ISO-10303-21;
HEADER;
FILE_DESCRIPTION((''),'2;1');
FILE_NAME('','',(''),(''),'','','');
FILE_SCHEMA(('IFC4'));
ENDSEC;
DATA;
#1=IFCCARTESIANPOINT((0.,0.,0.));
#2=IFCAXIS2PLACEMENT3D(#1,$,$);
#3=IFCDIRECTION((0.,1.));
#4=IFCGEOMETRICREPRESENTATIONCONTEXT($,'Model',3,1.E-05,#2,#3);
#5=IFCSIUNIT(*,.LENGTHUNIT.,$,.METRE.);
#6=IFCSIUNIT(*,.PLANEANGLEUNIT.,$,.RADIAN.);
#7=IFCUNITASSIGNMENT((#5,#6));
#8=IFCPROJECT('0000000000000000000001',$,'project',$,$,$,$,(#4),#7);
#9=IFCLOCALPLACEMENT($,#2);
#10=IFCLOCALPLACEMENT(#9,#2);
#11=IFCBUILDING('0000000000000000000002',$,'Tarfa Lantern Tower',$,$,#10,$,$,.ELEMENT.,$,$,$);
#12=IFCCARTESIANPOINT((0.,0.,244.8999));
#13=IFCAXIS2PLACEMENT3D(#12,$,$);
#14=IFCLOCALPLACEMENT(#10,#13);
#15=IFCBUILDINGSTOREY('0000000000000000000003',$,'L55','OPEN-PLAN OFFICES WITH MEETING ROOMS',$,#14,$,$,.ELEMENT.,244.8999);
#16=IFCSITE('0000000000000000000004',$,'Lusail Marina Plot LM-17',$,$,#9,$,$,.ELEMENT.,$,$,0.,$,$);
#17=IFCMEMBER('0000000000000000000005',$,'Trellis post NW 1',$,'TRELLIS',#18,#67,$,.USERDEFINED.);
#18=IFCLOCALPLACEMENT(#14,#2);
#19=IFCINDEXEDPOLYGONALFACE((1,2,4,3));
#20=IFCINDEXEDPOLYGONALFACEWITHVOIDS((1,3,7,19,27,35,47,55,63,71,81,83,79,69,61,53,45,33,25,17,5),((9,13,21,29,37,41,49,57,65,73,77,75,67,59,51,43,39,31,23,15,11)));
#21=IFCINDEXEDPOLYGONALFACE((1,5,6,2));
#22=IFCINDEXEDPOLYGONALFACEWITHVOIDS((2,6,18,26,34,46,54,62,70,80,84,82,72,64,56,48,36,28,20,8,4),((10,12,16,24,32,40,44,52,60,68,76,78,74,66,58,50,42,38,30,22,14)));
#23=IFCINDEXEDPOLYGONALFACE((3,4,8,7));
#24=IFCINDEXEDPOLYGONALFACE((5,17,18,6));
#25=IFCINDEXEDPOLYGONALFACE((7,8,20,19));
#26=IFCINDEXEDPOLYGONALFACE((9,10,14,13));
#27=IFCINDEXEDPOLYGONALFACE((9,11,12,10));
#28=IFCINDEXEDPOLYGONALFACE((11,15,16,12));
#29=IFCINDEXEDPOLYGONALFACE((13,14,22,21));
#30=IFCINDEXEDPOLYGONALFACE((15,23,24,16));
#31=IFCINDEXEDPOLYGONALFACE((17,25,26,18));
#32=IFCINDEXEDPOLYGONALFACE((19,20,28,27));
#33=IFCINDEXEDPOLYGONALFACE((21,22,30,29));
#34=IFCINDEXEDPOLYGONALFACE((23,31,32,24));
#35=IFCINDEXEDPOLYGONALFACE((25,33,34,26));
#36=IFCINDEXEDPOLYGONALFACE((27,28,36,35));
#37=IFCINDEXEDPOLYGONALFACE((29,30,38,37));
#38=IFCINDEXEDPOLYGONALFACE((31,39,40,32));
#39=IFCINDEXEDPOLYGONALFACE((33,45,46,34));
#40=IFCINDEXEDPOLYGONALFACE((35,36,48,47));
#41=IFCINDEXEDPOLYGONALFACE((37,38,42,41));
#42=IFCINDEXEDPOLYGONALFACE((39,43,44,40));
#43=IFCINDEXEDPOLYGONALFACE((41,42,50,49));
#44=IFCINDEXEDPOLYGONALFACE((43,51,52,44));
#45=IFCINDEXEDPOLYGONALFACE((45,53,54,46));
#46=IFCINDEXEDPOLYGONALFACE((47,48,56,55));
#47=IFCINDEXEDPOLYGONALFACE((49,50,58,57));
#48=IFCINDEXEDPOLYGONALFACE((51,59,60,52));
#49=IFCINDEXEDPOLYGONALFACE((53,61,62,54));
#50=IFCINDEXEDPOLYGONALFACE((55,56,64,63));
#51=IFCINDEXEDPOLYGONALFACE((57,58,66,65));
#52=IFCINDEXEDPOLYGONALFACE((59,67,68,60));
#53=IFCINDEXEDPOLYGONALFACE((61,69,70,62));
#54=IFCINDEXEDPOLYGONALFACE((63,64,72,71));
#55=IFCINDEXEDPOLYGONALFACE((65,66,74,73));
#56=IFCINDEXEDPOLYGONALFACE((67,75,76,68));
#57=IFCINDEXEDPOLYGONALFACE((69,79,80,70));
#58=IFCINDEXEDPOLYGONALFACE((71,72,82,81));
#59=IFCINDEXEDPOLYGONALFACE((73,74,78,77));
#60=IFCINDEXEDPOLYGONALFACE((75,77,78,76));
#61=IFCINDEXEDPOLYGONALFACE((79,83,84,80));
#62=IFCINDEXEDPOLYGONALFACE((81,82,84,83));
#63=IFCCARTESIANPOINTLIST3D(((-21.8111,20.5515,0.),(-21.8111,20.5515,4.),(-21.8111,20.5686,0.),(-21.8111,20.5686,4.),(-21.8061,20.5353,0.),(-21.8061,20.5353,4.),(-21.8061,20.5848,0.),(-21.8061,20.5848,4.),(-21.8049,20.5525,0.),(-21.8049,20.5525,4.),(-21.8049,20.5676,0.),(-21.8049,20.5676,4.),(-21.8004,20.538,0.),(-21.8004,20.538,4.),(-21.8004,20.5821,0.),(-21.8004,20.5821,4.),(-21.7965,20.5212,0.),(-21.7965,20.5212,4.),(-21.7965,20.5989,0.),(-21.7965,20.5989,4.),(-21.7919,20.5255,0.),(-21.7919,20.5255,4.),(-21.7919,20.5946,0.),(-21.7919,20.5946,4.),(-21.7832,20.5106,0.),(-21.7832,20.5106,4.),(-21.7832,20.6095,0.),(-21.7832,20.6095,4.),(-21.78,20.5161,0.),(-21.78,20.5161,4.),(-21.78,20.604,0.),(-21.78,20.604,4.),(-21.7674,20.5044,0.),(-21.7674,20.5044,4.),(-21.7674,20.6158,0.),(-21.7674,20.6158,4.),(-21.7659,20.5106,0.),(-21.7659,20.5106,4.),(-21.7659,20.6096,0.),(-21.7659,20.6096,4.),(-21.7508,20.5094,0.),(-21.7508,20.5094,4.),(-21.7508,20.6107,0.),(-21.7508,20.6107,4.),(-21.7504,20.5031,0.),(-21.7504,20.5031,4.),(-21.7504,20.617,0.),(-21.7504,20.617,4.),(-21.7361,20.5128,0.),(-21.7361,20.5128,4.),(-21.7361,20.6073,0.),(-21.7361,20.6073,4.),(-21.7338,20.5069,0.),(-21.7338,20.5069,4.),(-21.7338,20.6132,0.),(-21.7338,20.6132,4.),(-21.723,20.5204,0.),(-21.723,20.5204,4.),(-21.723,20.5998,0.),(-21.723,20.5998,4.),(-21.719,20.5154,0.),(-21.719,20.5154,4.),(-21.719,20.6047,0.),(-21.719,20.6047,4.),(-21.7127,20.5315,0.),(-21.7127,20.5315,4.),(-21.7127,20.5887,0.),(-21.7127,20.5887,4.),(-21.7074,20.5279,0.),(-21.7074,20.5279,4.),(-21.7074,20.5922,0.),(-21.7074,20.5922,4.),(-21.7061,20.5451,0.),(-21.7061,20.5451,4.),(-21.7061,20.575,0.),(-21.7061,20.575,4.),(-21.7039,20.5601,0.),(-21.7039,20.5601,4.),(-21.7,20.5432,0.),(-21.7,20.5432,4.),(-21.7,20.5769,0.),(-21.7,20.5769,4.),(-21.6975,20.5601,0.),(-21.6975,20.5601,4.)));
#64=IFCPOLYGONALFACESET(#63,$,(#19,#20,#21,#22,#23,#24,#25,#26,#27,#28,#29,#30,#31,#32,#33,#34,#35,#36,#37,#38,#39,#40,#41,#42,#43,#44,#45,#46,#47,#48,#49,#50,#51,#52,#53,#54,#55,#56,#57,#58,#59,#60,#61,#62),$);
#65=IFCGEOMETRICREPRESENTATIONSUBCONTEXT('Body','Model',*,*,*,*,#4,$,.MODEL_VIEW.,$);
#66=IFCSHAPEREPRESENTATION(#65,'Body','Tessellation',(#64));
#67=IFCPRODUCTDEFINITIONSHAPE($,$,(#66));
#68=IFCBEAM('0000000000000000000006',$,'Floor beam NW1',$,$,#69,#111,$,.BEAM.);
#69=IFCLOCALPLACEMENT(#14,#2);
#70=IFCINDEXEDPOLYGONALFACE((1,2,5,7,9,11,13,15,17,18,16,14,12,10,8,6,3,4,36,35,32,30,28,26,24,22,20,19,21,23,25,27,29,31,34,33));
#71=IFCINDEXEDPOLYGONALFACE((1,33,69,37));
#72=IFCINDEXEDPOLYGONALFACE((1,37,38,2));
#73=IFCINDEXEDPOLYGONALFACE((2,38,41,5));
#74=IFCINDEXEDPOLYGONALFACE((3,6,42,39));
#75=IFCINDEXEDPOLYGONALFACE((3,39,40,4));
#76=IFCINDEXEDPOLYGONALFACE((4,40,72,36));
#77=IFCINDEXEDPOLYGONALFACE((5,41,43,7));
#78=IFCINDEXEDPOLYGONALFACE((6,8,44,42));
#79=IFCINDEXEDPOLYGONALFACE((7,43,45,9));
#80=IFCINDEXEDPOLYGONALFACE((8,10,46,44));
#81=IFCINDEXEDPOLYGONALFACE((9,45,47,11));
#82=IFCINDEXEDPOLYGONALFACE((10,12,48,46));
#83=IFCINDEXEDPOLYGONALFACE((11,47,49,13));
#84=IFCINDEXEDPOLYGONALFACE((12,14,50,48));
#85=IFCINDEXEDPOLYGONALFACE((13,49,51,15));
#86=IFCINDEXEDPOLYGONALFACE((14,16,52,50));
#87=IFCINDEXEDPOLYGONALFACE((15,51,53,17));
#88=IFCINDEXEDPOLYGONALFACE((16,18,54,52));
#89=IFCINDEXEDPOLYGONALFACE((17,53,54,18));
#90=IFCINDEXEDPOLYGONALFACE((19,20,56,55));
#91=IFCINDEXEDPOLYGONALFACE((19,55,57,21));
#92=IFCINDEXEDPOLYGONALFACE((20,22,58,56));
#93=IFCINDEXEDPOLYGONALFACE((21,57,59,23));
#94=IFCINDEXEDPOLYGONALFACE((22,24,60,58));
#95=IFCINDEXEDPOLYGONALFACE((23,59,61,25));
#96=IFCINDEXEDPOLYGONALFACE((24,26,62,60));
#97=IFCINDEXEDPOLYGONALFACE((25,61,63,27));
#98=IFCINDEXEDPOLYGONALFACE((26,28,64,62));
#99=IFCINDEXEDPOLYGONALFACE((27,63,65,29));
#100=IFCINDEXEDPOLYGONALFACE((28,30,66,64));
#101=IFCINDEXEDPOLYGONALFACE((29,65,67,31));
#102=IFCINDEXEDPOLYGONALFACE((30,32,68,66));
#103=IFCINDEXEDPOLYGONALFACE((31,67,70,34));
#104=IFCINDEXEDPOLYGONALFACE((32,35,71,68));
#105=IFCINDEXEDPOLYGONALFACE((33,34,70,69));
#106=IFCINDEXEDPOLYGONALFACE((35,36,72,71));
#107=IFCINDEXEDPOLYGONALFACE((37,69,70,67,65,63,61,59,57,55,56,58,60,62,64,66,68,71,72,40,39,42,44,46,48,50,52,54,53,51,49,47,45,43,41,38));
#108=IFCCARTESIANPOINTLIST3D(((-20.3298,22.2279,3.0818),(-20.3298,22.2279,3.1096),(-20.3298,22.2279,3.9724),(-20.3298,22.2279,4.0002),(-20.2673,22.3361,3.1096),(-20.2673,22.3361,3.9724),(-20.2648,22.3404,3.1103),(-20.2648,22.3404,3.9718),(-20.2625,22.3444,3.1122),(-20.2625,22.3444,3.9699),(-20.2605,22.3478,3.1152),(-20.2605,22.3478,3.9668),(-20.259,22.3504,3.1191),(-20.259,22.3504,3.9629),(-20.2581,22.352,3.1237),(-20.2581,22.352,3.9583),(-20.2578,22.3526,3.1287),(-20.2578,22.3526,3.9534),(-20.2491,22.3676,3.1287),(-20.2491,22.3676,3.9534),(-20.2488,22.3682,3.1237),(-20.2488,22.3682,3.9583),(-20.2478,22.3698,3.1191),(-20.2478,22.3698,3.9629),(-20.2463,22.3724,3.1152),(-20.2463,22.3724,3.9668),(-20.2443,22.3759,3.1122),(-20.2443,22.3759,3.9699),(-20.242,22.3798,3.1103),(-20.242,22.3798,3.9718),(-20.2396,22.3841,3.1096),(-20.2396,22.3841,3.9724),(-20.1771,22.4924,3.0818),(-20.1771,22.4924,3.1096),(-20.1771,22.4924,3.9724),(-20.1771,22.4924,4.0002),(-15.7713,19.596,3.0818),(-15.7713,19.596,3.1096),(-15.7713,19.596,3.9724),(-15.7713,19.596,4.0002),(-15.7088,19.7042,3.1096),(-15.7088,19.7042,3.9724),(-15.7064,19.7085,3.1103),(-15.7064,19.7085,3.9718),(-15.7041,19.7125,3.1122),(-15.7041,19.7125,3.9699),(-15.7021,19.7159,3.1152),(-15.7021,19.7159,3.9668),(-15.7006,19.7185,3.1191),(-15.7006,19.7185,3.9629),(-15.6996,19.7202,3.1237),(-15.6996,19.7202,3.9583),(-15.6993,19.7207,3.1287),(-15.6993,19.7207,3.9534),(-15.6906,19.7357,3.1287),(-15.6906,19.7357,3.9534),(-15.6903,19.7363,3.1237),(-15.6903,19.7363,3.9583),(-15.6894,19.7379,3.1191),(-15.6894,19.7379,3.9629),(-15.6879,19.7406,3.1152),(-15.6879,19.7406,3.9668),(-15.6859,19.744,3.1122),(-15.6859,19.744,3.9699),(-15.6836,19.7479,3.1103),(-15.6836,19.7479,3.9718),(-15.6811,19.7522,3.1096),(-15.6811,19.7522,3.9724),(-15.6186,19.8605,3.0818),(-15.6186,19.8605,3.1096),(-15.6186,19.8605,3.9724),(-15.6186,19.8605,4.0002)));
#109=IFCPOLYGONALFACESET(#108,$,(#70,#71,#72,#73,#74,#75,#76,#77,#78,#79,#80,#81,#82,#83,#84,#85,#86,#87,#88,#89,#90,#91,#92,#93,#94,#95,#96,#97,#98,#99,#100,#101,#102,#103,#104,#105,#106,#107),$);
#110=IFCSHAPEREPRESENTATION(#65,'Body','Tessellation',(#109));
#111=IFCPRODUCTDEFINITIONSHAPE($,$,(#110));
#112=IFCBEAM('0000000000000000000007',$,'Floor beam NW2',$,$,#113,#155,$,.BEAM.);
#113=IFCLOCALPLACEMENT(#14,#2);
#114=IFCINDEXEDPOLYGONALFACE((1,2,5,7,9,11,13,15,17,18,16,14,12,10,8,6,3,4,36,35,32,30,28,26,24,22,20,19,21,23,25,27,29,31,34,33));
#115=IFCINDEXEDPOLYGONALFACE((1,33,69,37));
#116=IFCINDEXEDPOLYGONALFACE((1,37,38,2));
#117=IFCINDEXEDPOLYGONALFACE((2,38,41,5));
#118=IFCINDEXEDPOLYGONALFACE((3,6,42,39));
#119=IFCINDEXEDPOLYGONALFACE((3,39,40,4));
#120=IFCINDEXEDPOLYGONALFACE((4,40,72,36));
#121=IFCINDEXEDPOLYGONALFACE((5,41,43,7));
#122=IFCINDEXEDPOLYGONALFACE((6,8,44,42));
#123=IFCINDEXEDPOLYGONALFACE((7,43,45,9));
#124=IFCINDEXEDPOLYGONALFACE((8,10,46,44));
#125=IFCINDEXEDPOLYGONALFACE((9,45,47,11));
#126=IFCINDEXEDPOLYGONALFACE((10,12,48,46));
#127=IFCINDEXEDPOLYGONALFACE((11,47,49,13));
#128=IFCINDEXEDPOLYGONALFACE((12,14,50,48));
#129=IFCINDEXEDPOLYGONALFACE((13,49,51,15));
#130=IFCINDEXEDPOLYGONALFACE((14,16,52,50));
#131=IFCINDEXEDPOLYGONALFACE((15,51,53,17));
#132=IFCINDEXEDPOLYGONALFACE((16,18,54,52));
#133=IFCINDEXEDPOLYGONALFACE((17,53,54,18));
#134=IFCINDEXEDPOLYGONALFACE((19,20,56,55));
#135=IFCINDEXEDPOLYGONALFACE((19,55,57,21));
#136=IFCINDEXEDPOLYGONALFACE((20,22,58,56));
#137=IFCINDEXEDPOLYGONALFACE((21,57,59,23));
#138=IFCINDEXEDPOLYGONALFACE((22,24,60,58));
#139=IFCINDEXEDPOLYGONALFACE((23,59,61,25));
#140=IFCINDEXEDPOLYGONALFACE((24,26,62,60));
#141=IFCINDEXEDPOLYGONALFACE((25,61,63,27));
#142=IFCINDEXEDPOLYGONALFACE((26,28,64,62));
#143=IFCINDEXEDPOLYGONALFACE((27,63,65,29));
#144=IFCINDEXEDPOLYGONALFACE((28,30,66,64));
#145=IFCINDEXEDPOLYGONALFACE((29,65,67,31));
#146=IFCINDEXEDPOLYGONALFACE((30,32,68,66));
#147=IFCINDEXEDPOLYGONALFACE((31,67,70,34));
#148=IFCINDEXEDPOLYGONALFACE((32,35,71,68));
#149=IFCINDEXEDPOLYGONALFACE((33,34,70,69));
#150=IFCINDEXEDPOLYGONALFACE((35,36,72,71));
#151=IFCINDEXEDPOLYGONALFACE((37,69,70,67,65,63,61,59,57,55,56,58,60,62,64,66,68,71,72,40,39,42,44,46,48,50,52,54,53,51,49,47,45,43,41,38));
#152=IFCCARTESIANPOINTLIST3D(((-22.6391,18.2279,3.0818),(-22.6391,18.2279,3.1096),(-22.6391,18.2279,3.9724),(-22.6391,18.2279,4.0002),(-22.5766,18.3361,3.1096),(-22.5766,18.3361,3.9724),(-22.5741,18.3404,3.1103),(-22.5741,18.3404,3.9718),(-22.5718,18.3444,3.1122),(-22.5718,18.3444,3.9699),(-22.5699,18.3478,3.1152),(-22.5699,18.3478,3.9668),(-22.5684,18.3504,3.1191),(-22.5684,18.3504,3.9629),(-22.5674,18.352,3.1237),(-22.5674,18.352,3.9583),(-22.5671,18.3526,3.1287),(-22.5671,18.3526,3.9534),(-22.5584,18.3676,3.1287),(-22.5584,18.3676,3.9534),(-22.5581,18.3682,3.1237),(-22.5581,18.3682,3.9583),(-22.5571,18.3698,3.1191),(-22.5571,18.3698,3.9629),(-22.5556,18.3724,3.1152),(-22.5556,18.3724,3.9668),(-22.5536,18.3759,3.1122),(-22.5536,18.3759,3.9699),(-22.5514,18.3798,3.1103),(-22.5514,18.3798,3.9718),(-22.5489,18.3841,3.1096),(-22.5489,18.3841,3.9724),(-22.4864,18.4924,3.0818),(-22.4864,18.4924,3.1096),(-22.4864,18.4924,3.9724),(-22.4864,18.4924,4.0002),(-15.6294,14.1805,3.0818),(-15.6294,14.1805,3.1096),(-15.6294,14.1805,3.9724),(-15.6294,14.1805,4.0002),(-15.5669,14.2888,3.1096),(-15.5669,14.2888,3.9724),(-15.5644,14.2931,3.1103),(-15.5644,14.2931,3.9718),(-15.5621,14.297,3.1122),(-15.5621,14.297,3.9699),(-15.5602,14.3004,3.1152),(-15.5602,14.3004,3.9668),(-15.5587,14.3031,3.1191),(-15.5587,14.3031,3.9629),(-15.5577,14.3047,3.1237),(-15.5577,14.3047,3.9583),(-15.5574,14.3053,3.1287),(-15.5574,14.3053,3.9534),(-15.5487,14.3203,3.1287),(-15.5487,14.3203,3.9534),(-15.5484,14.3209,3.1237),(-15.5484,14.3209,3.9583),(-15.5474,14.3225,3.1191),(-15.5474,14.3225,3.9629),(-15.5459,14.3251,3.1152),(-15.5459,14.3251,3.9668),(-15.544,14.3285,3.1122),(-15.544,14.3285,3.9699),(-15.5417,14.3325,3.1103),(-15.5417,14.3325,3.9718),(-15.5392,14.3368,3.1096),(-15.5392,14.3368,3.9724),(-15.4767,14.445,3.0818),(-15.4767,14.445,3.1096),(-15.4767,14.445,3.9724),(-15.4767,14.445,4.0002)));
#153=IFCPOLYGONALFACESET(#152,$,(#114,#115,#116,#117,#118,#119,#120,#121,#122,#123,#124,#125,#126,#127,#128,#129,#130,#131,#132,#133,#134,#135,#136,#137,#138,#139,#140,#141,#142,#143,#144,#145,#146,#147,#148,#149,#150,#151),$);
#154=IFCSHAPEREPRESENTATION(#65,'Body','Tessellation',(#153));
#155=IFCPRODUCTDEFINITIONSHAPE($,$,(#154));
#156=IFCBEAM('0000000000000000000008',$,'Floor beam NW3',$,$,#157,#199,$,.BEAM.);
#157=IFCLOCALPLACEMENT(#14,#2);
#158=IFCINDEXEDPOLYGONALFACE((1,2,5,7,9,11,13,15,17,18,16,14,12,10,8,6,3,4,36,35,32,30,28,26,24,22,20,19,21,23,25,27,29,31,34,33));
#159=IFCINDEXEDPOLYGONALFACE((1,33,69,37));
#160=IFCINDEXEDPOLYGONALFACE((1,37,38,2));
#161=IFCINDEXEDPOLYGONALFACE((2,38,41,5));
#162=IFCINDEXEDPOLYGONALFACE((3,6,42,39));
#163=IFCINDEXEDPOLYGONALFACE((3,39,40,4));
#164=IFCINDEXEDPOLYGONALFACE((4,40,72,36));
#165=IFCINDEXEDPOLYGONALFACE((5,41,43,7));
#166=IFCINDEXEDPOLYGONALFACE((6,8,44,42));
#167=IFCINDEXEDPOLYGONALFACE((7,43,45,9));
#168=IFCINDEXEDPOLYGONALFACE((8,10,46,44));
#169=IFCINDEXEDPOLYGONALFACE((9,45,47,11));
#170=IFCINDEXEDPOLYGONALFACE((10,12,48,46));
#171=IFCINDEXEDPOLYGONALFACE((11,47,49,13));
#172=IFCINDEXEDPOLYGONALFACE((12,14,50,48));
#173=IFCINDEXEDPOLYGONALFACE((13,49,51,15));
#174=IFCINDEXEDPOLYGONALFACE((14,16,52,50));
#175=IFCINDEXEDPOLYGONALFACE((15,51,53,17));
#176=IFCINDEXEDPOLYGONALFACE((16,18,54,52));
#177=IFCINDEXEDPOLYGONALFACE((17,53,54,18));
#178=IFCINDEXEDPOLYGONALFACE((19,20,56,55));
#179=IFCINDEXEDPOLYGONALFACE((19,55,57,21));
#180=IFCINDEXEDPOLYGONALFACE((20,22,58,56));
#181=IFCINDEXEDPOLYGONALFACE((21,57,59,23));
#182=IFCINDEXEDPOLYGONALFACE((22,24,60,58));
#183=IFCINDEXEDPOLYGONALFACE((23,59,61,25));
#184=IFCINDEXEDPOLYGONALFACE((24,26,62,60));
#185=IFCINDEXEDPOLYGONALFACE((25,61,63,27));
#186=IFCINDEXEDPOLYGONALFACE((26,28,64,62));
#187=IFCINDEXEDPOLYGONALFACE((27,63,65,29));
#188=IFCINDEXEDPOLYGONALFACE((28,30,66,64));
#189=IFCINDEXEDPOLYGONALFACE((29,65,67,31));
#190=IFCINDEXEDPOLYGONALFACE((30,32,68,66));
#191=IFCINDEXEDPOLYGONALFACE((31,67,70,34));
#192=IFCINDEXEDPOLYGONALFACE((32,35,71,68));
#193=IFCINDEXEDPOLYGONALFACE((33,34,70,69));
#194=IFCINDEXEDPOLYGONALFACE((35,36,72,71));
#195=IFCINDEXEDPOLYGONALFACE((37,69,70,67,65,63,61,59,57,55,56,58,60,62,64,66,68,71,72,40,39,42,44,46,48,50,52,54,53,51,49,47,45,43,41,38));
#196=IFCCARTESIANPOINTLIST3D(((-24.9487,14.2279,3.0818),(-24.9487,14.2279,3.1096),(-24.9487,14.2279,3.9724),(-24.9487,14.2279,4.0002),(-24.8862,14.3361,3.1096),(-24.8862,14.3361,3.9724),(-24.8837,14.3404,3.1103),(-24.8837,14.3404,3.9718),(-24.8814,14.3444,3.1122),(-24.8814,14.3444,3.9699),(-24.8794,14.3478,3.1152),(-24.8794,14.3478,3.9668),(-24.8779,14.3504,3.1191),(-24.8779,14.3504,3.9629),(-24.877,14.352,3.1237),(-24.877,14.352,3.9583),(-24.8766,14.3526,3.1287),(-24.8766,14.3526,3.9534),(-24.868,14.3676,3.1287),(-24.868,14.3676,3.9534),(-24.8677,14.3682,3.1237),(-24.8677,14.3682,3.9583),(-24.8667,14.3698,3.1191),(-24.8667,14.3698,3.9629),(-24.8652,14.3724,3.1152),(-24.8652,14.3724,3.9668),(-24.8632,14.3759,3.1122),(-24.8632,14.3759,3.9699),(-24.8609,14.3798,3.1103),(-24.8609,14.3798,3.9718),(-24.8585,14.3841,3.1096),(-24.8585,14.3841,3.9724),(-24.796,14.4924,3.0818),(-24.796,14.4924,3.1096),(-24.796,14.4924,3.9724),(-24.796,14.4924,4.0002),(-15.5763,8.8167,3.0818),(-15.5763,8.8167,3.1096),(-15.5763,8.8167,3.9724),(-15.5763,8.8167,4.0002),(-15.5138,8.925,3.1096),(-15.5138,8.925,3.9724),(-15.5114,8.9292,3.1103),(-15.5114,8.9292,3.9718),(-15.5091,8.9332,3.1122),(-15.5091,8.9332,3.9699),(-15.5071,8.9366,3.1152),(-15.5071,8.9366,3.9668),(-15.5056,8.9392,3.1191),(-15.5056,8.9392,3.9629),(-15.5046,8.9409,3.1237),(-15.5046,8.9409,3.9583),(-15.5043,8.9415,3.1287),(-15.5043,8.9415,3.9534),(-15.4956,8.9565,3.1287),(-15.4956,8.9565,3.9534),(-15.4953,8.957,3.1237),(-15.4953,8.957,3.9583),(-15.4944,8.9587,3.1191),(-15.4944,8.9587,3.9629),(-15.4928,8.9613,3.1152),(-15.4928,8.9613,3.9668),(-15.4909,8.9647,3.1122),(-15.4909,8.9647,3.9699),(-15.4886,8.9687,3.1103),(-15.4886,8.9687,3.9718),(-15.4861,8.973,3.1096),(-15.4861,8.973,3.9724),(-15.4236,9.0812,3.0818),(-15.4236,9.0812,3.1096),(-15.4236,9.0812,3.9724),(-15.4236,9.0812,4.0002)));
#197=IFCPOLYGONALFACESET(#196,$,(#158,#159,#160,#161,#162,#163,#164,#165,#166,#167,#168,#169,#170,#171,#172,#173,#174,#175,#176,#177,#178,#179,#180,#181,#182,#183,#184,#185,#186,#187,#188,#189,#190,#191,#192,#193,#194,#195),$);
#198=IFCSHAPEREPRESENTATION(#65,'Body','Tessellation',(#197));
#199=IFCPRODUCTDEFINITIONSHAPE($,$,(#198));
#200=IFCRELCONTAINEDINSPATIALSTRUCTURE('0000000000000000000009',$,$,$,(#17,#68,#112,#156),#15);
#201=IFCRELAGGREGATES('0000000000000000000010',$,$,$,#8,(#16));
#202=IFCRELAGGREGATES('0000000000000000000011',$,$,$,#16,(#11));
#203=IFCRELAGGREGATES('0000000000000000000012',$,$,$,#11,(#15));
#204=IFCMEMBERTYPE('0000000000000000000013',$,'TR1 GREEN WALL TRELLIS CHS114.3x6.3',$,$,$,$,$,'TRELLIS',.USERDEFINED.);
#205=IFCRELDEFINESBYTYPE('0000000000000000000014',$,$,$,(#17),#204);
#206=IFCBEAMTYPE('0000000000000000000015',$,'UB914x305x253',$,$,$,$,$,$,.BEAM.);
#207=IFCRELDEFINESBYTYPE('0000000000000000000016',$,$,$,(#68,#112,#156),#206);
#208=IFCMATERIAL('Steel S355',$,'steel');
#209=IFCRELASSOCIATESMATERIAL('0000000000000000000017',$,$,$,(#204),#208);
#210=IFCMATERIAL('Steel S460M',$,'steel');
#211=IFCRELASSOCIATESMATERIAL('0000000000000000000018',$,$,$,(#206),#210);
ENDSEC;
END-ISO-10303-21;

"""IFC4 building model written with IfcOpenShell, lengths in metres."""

from ifc_helpers import new_model, si_unit, direction, frame, origin, origin_2d, place, context, subcontext, project, spatial, hollow_circle, i_section, extrude, material, material_profile, profile_set, type_object, element, save


model = new_model("IFC4")

# Units and contexts
model_context = context("Model", 3, precision=1e-05, world=origin(), true_north=direction((0.0, 1.0)))
body_context = subcontext(model_context, "Body", "Model", "MODEL_VIEW")
ifc_project = project(units=[si_unit("LENGTHUNIT", "METRE"), si_unit("PLANEANGLEUNIT", "RADIAN")], contexts=[model_context])

# Site, building, storey
site_placement = place(None, origin())
site = spatial("IfcSite", under=ifc_project, at=site_placement, Name="Lusail Marina Plot LM-17", CompositionType="ELEMENT", RefElevation=0.0)
building_placement = place(site_placement, origin())
building = spatial("IfcBuilding", under=site, at=building_placement, Name="Tarfa Lantern Tower", CompositionType="ELEMENT")
storey_placement = place(building_placement, frame((0.0, 0.0, 244.8999)))
storey = spatial("IfcBuildingStorey", under=building, at=storey_placement, Name="L55", Description="OPEN-PLAN OFFICES WITH MEETING ROOMS", CompositionType="ELEMENT", Elevation=244.8999)

# Member
ifc_material_1 = material(Name="Steel S355", Category="steel")
ifc_material_profile_1 = material_profile(ifc_material_1, hollow_circle(Radius=0.0571, WallThickness=0.0063, at=origin_2d()), Name="CHS114.3x6.3")
ifc_profile_set_1 = profile_set([ifc_material_profile_1], Name="Steel S355")
member_type_1 = type_object("IfcMemberType", Name="TR1 GREEN WALL TRELLIS CHS114.3x6.3", ElementType="TRELLIS", PredefinedType="USERDEFINED", material=ifc_profile_set_1)
member_1_placement = place(storey_placement, frame((-21.7546, 20.5601, 0.0), z_axis=(0.0, 0.0, 1.0), x_axis=(1.0, 0.0, 0.0)))
element("IfcMember", 1, at=member_1_placement, inside=storey, type_object=member_type_1, Name="Trellis post NW 1", ObjectType="TRELLIS", PredefinedType="USERDEFINED", context=body_context, shape_type="SweptSolid", body=[
    extrude(hollow_circle(Radius=0.0571, WallThickness=0.0063, at=origin_2d()), origin(), (0.0, 0.0, 1.0), 4.0),
])

# Beams
ifc_material_2 = material(Name="Steel S460M", Category="steel")
ifc_material_profile_2 = material_profile(ifc_material_2, i_section(OverallWidth=0.3054, OverallDepth=0.9185, WebThickness=0.0173, FlangeThickness=0.0278, FilletRadius=0.019, at=origin_2d()), Name="UB914x305x253")
ifc_profile_set_2 = profile_set([ifc_material_profile_2], Name="Steel S460M")
beam_type_1 = type_object("IfcBeamType", Name="UB914x305x253", PredefinedType="BEAM", material=ifc_profile_set_2)
beam_1_placement = place(storey_placement, frame((-20.2534, 22.3601, 3.541), z_axis=(0.86602, -0.50001, 0.0), x_axis=(0.50001, 0.86602, 0.0)))
element("IfcBeam", 2, at=beam_1_placement, inside=storey, type_object=beam_type_1, Name="Floor beam NW1", PredefinedType="BEAM", context=body_context, shape_type="SweptSolid", body=[
    extrude(i_section(OverallWidth=0.3054, OverallDepth=0.9185, WebThickness=0.0173, FlangeThickness=0.0278, FilletRadius=0.019, at=origin_2d()), origin(), (0.0, 0.0, 1.0), 5.2637),
])
beam_2_placement = place(storey_placement, frame((-22.5627, 18.3601, 3.541), z_axis=(0.866011, -0.500025, 0.0), x_axis=(0.500025, 0.866011, 0.0)))
element("IfcBeam", 3, at=beam_2_placement, inside=storey, type_object=beam_type_1, Name="Floor beam NW2", PredefinedType="BEAM", context=body_context, shape_type="SweptSolid", body=[
    extrude(i_section(OverallWidth=0.3054, OverallDepth=0.9185, WebThickness=0.0173, FlangeThickness=0.0278, FilletRadius=0.019, at=origin_2d()), origin(), (0.0, 0.0, 1.0), 8.0942),
])
beam_3_placement = place(storey_placement, frame((-24.8723, 14.3601, 3.541), z_axis=(0.866024, -0.500002, 0.0), x_axis=(0.500002, 0.866024, 0.0)))
element("IfcBeam", 4, at=beam_3_placement, inside=storey, type_object=beam_type_1, Name="Floor beam NW3", PredefinedType="BEAM", context=body_context, shape_type="SweptSolid", body=[
    extrude(i_section(OverallWidth=0.3054, OverallDepth=0.9185, WebThickness=0.0173, FlangeThickness=0.0278, FilletRadius=0.019, at=origin_2d()), origin(), (0.0, 0.0, 1.0), 10.8223),
])

save(model, "model.ifc")
